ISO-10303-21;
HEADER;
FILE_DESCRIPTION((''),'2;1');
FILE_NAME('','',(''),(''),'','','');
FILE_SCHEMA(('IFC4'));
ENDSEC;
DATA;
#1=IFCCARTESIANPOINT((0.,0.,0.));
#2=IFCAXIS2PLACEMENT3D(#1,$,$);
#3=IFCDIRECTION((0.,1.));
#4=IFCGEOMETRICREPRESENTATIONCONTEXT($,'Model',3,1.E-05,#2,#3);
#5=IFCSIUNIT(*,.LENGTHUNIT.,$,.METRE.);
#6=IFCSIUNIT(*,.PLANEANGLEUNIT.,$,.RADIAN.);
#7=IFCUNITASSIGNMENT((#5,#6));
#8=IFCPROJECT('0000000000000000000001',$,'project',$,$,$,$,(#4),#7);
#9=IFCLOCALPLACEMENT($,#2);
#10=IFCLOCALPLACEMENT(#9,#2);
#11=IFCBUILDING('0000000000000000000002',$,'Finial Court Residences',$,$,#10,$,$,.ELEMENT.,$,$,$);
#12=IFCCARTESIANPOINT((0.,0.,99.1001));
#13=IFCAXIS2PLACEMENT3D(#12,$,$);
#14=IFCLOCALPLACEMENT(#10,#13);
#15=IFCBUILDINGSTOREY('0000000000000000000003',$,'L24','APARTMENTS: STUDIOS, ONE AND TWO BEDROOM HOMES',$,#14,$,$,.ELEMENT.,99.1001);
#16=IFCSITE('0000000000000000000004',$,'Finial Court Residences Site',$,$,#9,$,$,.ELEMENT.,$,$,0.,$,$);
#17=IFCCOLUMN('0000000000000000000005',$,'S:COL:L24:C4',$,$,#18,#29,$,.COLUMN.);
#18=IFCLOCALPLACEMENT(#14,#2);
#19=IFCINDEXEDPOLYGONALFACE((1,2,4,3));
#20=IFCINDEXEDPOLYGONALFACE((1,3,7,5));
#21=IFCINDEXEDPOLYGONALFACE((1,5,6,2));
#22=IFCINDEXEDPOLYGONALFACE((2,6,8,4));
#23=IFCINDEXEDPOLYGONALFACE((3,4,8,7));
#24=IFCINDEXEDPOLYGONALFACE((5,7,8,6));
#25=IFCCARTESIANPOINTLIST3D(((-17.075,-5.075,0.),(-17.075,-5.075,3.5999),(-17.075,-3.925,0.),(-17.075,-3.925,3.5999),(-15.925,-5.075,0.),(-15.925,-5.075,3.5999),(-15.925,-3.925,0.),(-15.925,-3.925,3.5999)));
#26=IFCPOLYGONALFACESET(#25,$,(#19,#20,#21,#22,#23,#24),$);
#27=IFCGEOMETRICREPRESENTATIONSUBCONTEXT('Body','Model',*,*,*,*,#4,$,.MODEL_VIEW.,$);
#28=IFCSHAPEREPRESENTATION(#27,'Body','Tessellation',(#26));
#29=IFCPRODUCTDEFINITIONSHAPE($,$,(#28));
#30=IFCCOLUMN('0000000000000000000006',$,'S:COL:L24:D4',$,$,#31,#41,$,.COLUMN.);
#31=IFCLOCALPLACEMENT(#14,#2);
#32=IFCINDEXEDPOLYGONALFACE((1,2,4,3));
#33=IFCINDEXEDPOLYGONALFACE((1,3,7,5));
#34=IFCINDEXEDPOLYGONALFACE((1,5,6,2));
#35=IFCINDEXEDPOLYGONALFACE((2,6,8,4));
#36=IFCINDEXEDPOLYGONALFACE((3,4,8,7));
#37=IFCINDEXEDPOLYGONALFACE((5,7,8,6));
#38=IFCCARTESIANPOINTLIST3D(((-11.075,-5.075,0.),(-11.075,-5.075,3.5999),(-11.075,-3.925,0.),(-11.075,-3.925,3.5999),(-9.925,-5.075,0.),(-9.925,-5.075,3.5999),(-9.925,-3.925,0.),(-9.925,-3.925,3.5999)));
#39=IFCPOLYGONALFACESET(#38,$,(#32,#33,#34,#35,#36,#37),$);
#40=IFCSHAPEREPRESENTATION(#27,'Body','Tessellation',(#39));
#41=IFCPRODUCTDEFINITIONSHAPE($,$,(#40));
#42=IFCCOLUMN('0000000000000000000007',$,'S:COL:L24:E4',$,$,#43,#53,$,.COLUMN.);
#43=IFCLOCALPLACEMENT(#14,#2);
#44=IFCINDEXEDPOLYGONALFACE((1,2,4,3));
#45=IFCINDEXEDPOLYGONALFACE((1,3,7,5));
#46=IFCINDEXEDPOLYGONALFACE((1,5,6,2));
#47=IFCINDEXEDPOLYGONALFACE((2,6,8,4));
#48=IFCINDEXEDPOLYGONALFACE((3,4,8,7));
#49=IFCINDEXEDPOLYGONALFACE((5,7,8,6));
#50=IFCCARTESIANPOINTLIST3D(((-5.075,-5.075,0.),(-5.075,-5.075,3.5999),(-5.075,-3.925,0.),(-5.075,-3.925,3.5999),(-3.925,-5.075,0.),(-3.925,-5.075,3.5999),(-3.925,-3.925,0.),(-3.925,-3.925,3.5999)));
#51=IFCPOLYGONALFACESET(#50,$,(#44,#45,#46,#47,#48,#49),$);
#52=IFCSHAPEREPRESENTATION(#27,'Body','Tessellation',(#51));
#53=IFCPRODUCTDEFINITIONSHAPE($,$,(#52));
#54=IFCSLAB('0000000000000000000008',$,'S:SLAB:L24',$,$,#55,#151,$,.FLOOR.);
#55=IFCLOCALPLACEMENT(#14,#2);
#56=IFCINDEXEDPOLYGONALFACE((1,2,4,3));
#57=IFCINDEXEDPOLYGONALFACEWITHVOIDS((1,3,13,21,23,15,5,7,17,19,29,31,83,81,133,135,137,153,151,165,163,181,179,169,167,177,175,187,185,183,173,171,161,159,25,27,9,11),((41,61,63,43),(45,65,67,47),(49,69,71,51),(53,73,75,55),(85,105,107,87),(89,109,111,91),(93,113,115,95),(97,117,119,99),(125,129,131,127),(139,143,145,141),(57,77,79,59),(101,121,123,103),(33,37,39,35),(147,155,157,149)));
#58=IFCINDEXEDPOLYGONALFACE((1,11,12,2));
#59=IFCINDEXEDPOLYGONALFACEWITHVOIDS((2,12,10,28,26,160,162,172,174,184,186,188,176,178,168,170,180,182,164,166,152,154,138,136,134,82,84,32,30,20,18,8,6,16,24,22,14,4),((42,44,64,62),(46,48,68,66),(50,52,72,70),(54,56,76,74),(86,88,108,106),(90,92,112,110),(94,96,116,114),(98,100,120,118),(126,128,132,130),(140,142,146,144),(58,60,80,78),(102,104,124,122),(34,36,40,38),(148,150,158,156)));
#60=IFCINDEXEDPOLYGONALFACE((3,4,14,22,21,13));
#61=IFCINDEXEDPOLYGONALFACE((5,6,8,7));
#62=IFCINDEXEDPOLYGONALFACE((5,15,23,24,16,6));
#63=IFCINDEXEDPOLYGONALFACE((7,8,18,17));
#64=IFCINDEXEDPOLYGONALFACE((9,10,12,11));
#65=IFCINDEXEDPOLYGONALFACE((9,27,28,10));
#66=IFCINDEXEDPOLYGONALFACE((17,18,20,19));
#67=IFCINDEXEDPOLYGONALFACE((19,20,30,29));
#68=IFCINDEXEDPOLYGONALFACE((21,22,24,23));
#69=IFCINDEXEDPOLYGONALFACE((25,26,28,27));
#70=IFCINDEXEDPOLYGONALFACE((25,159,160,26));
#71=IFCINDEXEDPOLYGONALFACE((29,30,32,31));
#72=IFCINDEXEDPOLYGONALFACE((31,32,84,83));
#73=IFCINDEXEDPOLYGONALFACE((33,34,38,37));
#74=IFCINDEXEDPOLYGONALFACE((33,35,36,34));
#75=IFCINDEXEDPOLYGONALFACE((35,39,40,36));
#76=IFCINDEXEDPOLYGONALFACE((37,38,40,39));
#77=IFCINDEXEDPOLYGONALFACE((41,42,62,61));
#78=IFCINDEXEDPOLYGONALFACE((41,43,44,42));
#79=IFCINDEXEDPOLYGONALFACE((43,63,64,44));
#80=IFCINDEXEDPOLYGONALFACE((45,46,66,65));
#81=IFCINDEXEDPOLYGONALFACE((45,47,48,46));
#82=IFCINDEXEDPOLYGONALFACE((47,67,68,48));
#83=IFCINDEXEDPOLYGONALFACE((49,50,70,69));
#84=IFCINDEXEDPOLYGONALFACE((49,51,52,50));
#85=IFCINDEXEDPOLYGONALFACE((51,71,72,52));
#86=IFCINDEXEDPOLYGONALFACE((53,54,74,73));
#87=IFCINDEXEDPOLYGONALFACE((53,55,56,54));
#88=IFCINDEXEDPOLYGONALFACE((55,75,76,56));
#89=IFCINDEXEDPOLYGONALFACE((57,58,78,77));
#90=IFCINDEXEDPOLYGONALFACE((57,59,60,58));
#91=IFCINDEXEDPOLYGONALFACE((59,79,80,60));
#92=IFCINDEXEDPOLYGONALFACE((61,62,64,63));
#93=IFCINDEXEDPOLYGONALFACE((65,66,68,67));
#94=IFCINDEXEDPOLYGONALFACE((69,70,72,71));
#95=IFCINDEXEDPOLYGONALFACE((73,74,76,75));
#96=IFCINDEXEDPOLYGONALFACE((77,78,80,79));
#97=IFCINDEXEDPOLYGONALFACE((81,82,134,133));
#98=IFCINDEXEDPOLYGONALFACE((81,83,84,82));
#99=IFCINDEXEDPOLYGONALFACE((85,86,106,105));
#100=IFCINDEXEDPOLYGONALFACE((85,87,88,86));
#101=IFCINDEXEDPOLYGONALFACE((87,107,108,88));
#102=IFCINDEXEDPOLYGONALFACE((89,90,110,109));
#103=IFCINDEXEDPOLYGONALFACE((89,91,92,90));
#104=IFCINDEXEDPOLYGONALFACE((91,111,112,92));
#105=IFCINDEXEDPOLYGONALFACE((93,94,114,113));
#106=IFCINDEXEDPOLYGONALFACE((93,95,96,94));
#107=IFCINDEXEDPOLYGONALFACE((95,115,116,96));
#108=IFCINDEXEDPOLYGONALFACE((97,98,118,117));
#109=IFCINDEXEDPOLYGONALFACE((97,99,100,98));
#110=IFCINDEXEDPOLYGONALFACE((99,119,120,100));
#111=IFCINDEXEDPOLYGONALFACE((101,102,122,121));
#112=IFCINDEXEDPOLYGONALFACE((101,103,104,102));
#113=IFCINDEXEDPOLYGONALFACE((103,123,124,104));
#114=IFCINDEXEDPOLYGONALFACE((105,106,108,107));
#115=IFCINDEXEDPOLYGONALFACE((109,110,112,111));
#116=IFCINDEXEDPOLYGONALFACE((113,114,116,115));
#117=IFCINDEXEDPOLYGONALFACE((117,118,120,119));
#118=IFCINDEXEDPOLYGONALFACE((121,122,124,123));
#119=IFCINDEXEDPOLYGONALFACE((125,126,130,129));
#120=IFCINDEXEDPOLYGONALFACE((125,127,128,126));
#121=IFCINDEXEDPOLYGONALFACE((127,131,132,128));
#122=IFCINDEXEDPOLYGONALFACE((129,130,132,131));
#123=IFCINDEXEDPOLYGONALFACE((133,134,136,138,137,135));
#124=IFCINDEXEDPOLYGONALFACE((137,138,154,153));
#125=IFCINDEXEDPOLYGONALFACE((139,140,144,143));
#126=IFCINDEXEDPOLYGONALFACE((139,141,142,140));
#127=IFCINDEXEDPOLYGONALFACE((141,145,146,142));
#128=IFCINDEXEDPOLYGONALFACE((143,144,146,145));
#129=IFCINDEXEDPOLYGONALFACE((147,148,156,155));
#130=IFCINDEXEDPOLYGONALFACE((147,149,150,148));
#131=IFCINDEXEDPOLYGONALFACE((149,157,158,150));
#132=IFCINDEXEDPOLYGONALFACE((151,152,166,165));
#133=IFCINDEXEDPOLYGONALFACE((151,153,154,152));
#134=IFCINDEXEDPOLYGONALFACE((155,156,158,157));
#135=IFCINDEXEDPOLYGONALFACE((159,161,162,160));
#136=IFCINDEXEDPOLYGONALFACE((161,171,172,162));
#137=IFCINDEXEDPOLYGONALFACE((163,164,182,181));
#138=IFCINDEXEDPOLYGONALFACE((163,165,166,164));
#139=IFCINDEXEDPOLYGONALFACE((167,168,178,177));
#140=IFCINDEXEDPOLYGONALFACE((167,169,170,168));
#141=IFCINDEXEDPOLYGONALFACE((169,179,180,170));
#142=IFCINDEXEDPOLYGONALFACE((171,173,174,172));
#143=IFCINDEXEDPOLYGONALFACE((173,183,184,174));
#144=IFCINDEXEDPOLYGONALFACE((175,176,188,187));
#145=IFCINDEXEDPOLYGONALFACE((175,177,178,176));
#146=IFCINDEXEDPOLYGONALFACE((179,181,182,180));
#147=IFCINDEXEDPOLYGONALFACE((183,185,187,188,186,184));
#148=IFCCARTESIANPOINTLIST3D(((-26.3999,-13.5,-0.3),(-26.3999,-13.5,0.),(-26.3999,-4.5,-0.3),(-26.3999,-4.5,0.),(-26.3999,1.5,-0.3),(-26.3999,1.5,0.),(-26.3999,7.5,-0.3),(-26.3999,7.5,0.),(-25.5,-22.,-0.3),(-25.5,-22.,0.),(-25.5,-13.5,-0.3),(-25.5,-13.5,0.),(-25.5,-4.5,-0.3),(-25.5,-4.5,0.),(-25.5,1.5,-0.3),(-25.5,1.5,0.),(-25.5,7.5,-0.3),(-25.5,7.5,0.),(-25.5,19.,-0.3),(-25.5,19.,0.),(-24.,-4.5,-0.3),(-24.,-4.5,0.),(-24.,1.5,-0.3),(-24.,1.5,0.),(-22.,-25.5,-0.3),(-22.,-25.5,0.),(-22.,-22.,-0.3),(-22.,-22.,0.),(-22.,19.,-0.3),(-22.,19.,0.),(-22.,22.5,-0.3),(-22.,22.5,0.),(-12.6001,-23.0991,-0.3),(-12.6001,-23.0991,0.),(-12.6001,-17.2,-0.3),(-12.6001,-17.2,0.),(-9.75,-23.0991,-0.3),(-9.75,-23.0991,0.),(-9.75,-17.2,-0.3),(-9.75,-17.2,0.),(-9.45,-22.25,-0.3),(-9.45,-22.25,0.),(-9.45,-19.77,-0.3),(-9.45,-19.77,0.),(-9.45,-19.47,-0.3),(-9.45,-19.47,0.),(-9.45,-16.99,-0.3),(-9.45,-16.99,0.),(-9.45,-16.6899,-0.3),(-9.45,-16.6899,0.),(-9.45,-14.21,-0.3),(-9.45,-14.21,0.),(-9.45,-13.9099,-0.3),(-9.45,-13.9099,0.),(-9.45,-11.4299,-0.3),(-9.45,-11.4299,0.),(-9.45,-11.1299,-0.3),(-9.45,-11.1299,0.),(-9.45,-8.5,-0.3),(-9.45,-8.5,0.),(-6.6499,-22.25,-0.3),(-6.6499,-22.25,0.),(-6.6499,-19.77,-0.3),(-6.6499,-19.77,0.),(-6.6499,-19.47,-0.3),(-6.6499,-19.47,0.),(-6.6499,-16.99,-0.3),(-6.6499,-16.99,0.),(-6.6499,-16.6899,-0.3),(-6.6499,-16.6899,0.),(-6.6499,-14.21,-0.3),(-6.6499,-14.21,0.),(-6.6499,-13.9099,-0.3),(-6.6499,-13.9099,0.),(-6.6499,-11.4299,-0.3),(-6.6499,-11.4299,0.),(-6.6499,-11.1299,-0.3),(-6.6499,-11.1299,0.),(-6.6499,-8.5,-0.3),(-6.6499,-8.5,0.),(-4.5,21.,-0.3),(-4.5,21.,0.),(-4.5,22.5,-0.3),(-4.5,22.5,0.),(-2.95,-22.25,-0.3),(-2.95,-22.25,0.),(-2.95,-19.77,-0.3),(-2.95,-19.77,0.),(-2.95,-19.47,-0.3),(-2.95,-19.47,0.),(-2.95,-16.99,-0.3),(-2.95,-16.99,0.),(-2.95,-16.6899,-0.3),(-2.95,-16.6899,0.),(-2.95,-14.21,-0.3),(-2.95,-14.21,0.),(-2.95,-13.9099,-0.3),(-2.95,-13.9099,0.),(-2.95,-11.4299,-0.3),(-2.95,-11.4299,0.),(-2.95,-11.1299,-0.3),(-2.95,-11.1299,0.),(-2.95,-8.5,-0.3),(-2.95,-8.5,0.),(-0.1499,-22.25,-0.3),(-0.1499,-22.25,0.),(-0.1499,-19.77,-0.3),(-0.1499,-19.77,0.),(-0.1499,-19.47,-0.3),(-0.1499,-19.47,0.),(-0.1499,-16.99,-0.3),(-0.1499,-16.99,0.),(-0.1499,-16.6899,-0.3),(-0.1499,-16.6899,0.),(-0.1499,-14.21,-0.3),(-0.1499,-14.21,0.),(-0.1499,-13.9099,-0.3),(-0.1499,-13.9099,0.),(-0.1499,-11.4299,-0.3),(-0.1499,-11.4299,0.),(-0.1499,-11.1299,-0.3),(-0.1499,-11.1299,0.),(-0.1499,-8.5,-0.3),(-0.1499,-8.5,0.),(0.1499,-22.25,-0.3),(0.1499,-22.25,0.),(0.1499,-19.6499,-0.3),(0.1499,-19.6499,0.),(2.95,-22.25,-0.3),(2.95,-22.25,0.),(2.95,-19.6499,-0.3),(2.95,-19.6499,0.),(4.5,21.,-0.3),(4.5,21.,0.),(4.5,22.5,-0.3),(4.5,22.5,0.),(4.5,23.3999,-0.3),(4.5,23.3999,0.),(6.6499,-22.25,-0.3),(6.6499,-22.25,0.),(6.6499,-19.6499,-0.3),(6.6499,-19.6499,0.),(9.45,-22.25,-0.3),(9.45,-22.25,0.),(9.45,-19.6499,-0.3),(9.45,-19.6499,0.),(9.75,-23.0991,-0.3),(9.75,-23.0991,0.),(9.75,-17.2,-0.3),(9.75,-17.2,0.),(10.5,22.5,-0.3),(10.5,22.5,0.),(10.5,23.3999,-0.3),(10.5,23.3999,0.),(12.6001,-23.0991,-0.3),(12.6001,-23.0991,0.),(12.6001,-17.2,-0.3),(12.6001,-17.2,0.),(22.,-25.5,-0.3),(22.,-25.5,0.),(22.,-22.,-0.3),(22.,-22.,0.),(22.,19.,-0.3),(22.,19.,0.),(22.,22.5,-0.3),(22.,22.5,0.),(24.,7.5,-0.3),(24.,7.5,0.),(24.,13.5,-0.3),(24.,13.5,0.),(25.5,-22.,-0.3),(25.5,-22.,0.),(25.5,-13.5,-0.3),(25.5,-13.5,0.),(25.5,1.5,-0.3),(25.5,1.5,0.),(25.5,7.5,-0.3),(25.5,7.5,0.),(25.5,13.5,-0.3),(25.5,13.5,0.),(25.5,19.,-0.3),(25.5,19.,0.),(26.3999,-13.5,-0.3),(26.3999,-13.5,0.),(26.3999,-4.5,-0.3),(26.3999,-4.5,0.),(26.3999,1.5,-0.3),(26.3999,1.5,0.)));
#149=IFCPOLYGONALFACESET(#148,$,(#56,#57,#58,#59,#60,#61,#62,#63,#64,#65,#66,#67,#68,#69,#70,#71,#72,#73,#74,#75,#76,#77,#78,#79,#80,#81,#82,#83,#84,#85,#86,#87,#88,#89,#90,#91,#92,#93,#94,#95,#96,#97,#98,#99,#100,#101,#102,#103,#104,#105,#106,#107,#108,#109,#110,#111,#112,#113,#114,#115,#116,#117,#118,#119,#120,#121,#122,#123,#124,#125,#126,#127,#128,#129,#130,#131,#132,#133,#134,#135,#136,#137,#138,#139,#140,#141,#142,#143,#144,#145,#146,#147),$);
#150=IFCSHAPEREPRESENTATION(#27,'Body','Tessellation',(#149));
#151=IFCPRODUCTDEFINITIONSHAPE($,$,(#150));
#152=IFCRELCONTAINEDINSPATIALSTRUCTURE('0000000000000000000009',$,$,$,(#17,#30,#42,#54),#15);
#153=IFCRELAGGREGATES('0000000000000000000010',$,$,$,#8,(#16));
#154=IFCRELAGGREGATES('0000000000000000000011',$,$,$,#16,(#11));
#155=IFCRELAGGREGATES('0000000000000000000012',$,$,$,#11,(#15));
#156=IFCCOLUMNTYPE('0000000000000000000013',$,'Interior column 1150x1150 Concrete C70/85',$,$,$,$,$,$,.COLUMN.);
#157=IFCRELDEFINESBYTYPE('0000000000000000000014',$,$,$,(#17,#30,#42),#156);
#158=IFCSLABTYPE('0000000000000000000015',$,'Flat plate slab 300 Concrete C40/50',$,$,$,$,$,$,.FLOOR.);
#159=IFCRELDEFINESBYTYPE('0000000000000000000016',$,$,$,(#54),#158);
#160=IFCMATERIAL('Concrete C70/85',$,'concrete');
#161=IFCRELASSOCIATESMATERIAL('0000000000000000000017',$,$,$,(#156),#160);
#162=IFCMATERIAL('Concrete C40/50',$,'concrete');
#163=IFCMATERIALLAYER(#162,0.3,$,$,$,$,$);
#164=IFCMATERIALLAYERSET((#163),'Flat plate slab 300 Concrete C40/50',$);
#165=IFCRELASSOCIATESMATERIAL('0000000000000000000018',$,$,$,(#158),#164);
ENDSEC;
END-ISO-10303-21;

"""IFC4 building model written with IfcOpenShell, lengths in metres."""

from ifc_helpers import new_model, si_unit, direction, frame, origin, origin_2d, place, context, subcontext, project, spatial, polyline, rectangle, outline, extrude, material, layer, layer_set, material_profile, profile_set, type_object, element, save


model = new_model("IFC4")

# Units and contexts
model_context = context("Model", 3, precision=1e-05, world=origin(), true_north=direction((0.0, 1.0)))
body_context = subcontext(model_context, "Body", "Model", "MODEL_VIEW")
ifc_project = project(units=[si_unit("LENGTHUNIT", "METRE"), si_unit("PLANEANGLEUNIT", "RADIAN")], contexts=[model_context])

# Site, building, storey
site_placement = place(None, origin())
site = spatial("IfcSite", under=ifc_project, at=site_placement, Name="Finial Court Residences Site", CompositionType="ELEMENT", RefElevation=0.0)
building_placement = place(site_placement, origin())
building = spatial("IfcBuilding", under=site, at=building_placement, Name="Finial Court Residences", CompositionType="ELEMENT")
storey_placement = place(building_placement, frame((0.0, 0.0, 99.1001)))
storey = spatial("IfcBuildingStorey", under=building, at=storey_placement, Name="L24", Description="APARTMENTS: STUDIOS, ONE AND TWO BEDROOM HOMES", CompositionType="ELEMENT", Elevation=99.1001)

# Columns
ifc_material_1 = material(Name="Concrete C70/85", Category="concrete")
ifc_material_profile = material_profile(ifc_material_1, rectangle(XDim=1.1499, YDim=1.1499, at=origin_2d()), Name="1150x1150")
ifc_profile_set = profile_set([ifc_material_profile], Name="Concrete C70/85")
column_type = type_object("IfcColumnType", Name="Interior column 1150x1150 Concrete C70/85", PredefinedType="COLUMN", material=ifc_profile_set)
for number, where, z_axis, x_axis, name in (
    (1, (-16.5, -4.5, 0.0), (0.0, 0.0, 1.0), (1.0, 0.0, 0.0), "S:COL:L24:C4"),
    (2, (-10.5, -4.5, 0.0), (0.0, 0.0, 1.0), (1.0, 0.0, 0.0), "S:COL:L24:D4"),
    (3, (-4.5, -4.5, 0.0), (0.0, 0.0, 1.0), (1.0, 0.0, 0.0), "S:COL:L24:E4"),
):
    element("IfcColumn", number, at=place(storey_placement, frame(where, z_axis=z_axis, x_axis=x_axis)), inside=storey, type_object=column_type, Name=name, PredefinedType="COLUMN", context=body_context, shape_type="SweptSolid", body=[
        extrude(rectangle(XDim=1.1499, YDim=1.1499, at=origin_2d()), origin(), (0.0, 0.0, 1.0), 3.5999),
    ])

# Slab
ifc_material_2 = material(Name="Concrete C40/50", Category="concrete")
ifc_layer_1 = layer(ifc_material_2, 0.3)
ifc_layer_set_1 = layer_set([ifc_layer_1], Name="Flat plate slab 300 Concrete C40/50")
slab_type = type_object("IfcSlabType", Name="Flat plate slab 300 Concrete C40/50", PredefinedType="FLOOR", material=ifc_layer_set_1)
slab_placement = place(storey_placement, frame((0.0, 0.0, -0.3)))
element("IfcSlab", 4, at=slab_placement, inside=storey, type_object=slab_type, Name="S:SLAB:L24", PredefinedType="FLOOR", context=body_context, shape_type="SweptSolid", body=[
    extrude(outline(polyline([(26.3999, -13.5), (25.5, -13.5), (25.5, -22.0), (22.0, -22.0), (22.0, -25.5), (-22.0, -25.5), (-22.0, -22.0), (-25.5, -22.0), (-25.5, -13.5), (-26.3999, -13.5), (-26.3999, -4.5), (-25.5, -4.5), (-24.0, -4.5), (-24.0, 1.5), (-25.5, 1.5), (-26.3999, 1.5), (-26.3999, 7.5), (-25.5, 7.5), (-25.5, 19.0), (-22.0, 19.0), (-22.0, 22.5), (-4.5, 22.5), (-4.5, 21.0), (4.5, 21.0), (4.5, 22.5), (4.5, 23.3999), (10.5, 23.3999), (10.5, 22.5), (22.0, 22.5), (22.0, 19.0), (25.5, 19.0), (25.5, 13.5), (24.0, 13.5), (24.0, 7.5), (25.5, 7.5), (25.5, 1.5), (26.3999, 1.5), (26.3999, -4.5), (26.3999, -13.5)]), holes=[polyline([(-6.6499, -19.77), (-9.45, -19.77), (-9.45, -22.25), (-6.6499, -22.25), (-6.6499, -19.77)]), polyline([(-9.75, -17.2), (-12.6001, -17.2), (-12.6001, -23.0991), (-9.75, -23.0991), (-9.75, -17.2)]), polyline([(-6.6499, -19.47), (-6.6499, -16.99), (-9.45, -16.99), (-9.45, -19.47), (-6.6499, -19.47)]), polyline([(-6.6499, -16.6899), (-6.6499, -14.21), (-9.45, -14.21), (-9.45, -16.6899), (-6.6499, -16.6899)]), polyline([(-6.6499, -13.9099), (-6.6499, -11.4299), (-9.45, -11.4299), (-9.45, -13.9099), (-6.6499, -13.9099)]), polyline([(-6.6499, -11.1299), (-6.6499, -8.5), (-9.45, -8.5), (-9.45, -11.1299), (-6.6499, -11.1299)]), polyline([(-0.1499, -11.1299), (-0.1499, -8.5), (-2.95, -8.5), (-2.95, -11.1299), (-0.1499, -11.1299)]), polyline([(-0.1499, -19.77), (-2.95, -19.77), (-2.95, -22.25), (-0.1499, -22.25), (-0.1499, -19.77)]), polyline([(2.95, -22.25), (2.95, -19.6499), (0.1499, -19.6499), (0.1499, -22.25), (2.95, -22.25)]), polyline([(9.45, -22.25), (9.45, -19.6499), (6.6499, -19.6499), (6.6499, -22.25), (9.45, -22.25)]), polyline([(12.6001, -17.2), (9.75, -17.2), (9.75, -23.0991), (12.6001, -23.0991), (12.6001, -17.2)]), polyline([(-0.1499, -19.47), (-0.1499, -16.99), (-2.95, -16.99), (-2.95, -19.47), (-0.1499, -19.47)]), polyline([(-0.1499, -16.6899), (-0.1499, -14.21), (-2.95, -14.21), (-2.95, -16.6899), (-0.1499, -16.6899)]), polyline([(-0.1499, -13.9099), (-0.1499, -11.4299), (-2.95, -11.4299), (-2.95, -13.9099), (-0.1499, -13.9099)])]), origin(), (0.0, 0.0, 1.0), 0.3),
])

save(model, "model.ifc")
